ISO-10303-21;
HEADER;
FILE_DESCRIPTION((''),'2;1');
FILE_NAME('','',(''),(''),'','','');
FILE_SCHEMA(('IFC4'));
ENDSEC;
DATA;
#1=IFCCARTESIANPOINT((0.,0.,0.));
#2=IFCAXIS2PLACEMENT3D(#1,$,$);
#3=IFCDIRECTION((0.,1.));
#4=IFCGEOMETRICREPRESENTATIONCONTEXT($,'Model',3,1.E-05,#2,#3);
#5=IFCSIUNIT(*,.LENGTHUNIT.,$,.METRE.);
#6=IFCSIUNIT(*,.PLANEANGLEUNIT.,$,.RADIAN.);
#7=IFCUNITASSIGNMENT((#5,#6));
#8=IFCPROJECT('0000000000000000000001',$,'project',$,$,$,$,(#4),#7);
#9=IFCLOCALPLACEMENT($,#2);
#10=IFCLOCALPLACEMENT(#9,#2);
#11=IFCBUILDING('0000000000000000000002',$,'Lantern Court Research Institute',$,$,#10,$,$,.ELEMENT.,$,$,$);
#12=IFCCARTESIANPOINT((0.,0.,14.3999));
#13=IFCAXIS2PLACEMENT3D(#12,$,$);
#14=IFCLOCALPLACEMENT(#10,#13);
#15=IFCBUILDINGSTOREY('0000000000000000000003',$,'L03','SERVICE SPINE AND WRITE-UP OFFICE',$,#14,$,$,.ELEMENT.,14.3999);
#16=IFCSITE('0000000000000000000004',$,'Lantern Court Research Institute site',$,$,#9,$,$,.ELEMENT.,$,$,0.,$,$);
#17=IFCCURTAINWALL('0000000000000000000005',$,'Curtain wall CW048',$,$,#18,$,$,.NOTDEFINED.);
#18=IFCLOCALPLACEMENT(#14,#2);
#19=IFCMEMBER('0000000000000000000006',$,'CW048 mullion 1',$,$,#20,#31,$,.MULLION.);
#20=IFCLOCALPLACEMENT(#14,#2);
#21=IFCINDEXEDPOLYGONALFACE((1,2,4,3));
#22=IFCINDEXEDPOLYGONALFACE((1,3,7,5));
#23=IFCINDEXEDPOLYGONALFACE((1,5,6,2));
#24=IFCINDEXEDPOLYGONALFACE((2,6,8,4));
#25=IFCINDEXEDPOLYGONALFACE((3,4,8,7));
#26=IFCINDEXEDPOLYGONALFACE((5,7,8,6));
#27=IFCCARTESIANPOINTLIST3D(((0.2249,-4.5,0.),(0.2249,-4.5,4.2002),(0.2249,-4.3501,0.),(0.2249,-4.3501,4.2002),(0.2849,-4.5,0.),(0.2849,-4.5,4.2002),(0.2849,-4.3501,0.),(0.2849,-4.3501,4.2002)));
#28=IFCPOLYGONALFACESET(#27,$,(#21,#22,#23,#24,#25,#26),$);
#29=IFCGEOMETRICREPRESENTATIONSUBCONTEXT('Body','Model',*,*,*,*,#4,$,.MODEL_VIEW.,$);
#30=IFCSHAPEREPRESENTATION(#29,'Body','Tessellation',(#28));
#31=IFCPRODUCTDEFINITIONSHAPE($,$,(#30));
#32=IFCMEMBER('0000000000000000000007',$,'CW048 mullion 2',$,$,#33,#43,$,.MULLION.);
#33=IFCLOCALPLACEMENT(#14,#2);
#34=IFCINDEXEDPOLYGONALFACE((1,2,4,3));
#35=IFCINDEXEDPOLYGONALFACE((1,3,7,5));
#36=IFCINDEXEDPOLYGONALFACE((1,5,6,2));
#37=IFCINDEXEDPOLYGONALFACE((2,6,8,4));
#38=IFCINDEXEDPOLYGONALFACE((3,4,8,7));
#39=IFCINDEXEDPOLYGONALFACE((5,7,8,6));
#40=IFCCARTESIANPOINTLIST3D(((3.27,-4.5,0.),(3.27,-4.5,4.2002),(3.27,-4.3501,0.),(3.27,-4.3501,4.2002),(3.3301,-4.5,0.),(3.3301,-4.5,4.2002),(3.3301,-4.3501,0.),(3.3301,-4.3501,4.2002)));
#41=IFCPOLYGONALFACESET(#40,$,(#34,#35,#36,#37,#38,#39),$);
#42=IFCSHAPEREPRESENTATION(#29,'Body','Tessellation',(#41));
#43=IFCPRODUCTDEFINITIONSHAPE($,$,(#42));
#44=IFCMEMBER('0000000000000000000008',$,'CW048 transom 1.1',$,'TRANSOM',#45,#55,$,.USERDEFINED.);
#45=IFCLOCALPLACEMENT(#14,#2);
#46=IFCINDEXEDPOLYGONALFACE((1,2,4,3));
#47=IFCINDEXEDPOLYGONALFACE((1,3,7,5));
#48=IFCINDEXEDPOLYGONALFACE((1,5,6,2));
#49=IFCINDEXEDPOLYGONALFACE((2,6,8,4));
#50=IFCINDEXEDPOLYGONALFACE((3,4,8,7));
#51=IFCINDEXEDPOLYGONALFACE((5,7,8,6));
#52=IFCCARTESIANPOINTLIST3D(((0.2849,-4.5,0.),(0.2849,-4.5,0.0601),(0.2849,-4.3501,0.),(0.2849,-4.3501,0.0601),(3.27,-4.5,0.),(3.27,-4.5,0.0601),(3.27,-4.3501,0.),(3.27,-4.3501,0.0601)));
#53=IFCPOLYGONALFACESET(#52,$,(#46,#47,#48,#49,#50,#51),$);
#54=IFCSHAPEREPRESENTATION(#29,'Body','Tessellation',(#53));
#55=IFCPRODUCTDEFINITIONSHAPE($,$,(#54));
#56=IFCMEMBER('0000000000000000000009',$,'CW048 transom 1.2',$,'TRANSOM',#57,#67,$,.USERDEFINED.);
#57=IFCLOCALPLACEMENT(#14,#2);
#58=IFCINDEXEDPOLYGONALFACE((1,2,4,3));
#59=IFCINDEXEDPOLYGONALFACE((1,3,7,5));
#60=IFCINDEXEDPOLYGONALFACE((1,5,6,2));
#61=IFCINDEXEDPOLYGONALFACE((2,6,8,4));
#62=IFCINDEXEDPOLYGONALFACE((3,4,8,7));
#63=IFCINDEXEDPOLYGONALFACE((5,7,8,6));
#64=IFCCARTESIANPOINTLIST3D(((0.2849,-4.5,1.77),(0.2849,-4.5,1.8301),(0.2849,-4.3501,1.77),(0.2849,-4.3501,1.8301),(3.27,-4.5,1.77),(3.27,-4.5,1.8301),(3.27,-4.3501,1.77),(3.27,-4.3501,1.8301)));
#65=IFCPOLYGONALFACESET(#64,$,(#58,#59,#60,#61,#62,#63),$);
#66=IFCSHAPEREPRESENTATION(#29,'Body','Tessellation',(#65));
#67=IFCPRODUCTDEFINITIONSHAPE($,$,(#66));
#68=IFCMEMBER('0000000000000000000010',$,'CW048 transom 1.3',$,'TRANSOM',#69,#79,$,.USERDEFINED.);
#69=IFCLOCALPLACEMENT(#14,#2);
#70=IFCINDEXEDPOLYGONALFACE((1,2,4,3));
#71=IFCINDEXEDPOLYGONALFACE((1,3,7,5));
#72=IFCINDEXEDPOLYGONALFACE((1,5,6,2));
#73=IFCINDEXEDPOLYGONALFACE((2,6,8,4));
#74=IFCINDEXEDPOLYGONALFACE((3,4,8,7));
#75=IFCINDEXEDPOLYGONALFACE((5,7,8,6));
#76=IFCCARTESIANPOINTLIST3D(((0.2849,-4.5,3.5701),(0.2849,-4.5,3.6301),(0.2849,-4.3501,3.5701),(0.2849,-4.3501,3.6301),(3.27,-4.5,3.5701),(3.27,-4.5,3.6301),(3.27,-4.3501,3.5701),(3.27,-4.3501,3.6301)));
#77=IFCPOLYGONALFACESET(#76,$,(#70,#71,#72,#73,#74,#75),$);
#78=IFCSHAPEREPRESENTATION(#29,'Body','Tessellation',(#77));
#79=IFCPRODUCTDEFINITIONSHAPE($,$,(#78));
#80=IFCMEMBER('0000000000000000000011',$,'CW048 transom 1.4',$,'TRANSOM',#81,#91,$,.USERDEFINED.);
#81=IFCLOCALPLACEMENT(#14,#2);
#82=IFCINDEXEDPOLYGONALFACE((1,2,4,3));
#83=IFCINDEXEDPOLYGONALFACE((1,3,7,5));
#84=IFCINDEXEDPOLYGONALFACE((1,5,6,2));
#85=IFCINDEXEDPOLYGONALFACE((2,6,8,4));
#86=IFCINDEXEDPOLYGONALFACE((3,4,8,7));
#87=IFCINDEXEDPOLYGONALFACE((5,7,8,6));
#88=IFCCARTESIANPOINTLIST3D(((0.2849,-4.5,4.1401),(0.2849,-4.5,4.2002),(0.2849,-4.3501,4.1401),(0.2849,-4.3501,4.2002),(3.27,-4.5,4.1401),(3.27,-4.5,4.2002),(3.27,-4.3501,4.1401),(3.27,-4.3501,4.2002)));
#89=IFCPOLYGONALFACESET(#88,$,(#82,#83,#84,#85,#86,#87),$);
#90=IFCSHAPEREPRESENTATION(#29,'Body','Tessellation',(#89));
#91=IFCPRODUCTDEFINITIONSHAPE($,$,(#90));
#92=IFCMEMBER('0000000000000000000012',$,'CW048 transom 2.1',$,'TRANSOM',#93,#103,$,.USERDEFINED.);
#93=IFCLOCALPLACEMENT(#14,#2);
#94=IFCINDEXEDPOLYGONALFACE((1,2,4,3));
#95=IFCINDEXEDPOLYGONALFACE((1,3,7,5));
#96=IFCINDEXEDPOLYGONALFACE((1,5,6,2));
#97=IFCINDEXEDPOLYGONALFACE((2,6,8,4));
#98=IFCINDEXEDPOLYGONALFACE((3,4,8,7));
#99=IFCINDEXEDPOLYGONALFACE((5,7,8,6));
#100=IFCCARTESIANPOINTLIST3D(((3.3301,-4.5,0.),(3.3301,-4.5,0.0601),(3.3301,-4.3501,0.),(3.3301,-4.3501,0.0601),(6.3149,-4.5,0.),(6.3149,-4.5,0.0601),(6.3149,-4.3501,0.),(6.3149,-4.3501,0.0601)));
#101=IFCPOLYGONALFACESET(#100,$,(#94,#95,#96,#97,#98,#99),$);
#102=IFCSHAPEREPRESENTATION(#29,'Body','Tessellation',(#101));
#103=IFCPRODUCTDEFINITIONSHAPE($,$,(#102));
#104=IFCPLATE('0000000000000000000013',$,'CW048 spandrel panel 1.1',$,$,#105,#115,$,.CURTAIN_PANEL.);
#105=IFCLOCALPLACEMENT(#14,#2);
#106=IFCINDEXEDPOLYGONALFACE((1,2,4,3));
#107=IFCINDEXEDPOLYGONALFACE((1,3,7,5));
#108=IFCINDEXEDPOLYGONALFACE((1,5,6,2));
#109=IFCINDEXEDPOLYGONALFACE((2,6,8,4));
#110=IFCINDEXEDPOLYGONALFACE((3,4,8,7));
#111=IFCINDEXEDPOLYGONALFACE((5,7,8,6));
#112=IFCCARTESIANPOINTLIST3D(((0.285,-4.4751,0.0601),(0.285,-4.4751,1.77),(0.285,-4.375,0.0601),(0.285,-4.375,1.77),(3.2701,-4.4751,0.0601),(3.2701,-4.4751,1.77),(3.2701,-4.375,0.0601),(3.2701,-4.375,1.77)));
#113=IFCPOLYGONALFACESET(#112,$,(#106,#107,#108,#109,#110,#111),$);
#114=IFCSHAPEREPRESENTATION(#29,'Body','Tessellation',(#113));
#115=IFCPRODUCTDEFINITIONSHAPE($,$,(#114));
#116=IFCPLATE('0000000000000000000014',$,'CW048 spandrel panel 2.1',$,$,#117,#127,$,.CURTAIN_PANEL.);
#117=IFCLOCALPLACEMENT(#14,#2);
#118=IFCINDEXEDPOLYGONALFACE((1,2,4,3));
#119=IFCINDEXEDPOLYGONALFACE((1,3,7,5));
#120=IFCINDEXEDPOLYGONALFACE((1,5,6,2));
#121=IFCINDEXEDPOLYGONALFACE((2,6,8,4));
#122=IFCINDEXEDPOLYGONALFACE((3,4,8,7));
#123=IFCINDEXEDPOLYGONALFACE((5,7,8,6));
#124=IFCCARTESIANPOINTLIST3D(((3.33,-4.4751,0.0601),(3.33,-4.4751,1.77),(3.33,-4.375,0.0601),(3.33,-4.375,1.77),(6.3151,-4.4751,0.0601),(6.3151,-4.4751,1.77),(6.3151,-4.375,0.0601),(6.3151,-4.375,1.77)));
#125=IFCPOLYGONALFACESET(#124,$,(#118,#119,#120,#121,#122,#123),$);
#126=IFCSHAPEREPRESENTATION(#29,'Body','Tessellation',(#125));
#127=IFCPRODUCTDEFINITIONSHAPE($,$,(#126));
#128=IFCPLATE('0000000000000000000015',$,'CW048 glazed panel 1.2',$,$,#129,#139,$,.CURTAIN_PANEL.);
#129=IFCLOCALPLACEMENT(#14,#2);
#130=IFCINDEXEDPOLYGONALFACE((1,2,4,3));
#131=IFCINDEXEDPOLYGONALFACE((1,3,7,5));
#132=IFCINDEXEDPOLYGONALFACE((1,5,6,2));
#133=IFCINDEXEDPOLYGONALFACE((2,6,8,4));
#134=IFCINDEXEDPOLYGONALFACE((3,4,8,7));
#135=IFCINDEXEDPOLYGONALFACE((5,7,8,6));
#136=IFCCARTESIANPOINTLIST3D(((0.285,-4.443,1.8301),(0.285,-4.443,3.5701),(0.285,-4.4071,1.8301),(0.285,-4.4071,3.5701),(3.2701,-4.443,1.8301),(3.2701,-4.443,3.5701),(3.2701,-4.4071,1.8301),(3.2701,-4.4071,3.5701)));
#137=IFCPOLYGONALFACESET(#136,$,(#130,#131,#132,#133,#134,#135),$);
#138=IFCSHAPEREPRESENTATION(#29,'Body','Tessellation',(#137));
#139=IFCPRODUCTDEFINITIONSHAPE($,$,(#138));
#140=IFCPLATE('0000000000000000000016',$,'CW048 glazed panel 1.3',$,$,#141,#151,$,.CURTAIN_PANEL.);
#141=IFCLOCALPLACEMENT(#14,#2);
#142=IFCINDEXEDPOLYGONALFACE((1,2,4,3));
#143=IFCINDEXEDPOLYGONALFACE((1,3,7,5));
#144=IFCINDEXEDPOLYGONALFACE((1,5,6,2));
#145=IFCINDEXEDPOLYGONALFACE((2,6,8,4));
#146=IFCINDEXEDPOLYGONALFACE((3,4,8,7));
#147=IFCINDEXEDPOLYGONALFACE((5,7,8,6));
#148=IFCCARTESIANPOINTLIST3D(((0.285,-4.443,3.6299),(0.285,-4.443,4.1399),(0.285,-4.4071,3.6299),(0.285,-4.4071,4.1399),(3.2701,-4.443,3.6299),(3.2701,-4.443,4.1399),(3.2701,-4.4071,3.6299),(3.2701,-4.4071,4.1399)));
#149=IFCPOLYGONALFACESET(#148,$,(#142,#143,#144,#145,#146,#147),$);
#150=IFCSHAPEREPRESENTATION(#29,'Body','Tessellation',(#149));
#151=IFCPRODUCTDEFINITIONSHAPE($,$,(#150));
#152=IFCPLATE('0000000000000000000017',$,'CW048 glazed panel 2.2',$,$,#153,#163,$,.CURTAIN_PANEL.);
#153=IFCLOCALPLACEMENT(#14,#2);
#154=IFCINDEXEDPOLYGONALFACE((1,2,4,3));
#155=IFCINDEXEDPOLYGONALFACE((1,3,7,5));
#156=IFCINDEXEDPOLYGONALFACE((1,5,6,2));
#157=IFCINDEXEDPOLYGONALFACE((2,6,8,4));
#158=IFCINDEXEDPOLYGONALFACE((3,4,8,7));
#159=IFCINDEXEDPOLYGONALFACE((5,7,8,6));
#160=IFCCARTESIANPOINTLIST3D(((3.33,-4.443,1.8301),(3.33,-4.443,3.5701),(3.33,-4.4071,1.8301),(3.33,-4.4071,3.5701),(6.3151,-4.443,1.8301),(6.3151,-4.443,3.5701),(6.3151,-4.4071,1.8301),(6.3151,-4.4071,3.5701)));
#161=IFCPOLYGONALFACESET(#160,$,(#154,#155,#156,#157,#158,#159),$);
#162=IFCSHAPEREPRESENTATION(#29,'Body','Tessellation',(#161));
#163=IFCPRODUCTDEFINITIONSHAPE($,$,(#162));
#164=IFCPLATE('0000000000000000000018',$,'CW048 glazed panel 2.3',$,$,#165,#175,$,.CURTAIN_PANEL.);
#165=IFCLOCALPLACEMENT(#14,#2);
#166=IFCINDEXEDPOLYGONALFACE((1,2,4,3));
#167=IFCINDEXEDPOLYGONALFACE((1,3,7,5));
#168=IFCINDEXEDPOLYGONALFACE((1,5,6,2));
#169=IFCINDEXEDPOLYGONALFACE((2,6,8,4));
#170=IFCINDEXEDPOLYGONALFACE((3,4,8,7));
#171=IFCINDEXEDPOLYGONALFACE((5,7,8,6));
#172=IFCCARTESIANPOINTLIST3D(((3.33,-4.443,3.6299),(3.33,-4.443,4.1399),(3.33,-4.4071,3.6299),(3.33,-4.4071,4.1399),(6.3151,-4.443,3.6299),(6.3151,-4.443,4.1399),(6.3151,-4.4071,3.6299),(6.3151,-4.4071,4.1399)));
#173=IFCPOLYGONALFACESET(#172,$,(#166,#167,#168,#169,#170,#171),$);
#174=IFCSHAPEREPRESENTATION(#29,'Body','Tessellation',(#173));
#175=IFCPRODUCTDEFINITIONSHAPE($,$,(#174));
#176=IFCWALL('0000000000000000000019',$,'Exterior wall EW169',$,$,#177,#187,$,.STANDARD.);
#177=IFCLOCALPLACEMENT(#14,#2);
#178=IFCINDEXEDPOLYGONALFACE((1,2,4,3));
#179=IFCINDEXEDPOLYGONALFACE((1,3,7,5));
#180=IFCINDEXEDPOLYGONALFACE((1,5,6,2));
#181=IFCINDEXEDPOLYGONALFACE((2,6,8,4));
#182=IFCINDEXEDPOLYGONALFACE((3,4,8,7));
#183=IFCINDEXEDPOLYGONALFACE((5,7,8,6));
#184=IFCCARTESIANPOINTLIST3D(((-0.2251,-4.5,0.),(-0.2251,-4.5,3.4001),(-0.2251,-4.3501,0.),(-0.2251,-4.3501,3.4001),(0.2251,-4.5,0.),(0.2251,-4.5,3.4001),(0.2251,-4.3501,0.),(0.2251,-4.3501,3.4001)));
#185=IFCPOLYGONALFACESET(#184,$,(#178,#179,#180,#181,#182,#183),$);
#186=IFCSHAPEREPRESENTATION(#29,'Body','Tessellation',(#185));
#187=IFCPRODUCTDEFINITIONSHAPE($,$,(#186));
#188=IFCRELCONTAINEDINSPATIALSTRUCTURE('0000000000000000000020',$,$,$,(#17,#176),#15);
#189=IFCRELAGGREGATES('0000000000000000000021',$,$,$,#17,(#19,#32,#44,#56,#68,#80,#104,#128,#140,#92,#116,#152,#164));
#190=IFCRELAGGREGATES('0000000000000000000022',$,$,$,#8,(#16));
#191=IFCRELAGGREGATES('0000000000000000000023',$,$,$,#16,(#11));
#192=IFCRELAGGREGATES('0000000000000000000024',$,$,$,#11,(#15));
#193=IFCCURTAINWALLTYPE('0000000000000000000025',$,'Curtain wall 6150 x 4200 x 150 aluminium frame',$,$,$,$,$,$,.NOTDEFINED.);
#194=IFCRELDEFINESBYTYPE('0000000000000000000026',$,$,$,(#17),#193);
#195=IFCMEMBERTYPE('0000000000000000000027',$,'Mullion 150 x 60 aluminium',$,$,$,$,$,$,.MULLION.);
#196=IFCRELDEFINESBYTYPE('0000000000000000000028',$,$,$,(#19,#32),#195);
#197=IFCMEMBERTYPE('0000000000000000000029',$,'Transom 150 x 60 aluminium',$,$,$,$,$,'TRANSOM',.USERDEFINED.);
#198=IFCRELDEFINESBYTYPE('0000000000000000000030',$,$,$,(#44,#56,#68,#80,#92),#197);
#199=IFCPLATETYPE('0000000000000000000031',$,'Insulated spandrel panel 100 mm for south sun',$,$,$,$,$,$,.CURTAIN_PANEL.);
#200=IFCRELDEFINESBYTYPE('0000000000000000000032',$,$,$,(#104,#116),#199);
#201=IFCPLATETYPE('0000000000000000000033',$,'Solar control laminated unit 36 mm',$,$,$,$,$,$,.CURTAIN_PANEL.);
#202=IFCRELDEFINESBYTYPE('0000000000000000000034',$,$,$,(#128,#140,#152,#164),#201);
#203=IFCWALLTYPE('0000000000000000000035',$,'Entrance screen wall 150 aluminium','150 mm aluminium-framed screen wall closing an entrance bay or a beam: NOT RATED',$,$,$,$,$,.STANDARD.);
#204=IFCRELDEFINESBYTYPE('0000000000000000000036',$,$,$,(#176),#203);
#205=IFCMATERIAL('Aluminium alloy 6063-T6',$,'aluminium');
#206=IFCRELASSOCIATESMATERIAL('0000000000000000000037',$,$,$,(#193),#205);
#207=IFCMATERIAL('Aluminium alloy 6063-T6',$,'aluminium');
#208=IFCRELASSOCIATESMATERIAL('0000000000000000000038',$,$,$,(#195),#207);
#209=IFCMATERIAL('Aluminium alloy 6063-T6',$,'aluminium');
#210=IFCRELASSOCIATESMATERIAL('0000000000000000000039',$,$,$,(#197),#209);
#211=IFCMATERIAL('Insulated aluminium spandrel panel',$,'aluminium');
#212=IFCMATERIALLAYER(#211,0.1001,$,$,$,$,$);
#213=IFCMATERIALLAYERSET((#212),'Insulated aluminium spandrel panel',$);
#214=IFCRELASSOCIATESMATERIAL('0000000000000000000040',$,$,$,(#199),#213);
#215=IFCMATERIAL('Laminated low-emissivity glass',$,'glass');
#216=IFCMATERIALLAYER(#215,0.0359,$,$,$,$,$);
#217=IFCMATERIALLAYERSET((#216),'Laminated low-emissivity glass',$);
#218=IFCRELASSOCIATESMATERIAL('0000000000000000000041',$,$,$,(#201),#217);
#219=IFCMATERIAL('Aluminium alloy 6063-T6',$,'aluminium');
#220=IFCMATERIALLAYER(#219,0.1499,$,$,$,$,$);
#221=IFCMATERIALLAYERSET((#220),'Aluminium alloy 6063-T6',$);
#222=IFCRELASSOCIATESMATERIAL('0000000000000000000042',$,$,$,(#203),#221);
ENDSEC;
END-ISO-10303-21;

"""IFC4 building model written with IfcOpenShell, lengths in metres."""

from ifc_helpers import new_model, si_unit, direction, frame, frame_2d, origin, origin_2d, place, context, subcontext, project, spatial, rectangle, extrude, material, layer, layer_set, material_profile, profile_set, type_object, element, aggregate, save


model = new_model("IFC4")

# Units and contexts
model_context = context("Model", 3, precision=1e-05, world=origin(), true_north=direction((0.0, 1.0)))
body_context = subcontext(model_context, "Body", "Model", "MODEL_VIEW")
ifc_project = project(units=[si_unit("LENGTHUNIT", "METRE"), si_unit("PLANEANGLEUNIT", "RADIAN")], contexts=[model_context])

# Site, building, storey
site_placement = place(None, origin())
site = spatial("IfcSite", under=ifc_project, at=site_placement, Name="Lantern Court Research Institute site", CompositionType="ELEMENT", RefElevation=0.0)
building_placement = place(site_placement, origin())
building = spatial("IfcBuilding", under=site, at=building_placement, Name="Lantern Court Research Institute", CompositionType="ELEMENT")
storey_placement = place(building_placement, frame((0.0, 0.0, 14.3999)))
storey = spatial("IfcBuildingStorey", under=building, at=storey_placement, Name="L03", Description="SERVICE SPINE AND WRITE-UP OFFICE", CompositionType="ELEMENT", Elevation=14.3999)

# Curtain wall, members, plates
ifc_material_1 = material(Name="Aluminium alloy 6063-T6", Category="aluminium")
curtain_wall_type = type_object("IfcCurtainWallType", Name="Curtain wall 6150 x 4200 x 150 aluminium frame", PredefinedType="NOTDEFINED", material=ifc_material_1)
curtain_wall_placement = place(storey_placement, origin())
curtain_wall = element("IfcCurtainWall", 1, at=curtain_wall_placement, inside=storey, type_object=curtain_wall_type, Name="Curtain wall CW048", PredefinedType="NOTDEFINED")
ifc_material_2 = material(Name="Aluminium alloy 6063-T6", Category="aluminium")
ifc_material_profile_1 = material_profile(ifc_material_2, rectangle(XDim=0.1499, YDim=0.0601, at=origin_2d()), Name="Mullion 150 x 60")
ifc_profile_set_1 = profile_set([ifc_material_profile_1], Name="Aluminium alloy 6063-T6")
member_type_1 = type_object("IfcMemberType", Name="Mullion 150 x 60 aluminium", PredefinedType="MULLION", material=ifc_profile_set_1)
member_1_placement = place(storey_placement, frame((0.2549, -4.425, 0.0), z_axis=(0.0, 0.0, 1.0), x_axis=(0.0, -1.0, 0.0)))
member_1 = element("IfcMember", 2, at=member_1_placement, type_object=member_type_1, Name="CW048 mullion 1", PredefinedType="MULLION", context=body_context, shape_type="SweptSolid", body=[
    extrude(rectangle(XDim=0.1499, YDim=0.0601, at=origin_2d()), origin(), (0.0, 0.0, 1.0), 4.2002),
])
member_2_placement = place(storey_placement, frame((3.3, -4.425, 0.0), z_axis=(0.0, 0.0, 1.0), x_axis=(0.0, -1.0, 0.0)))
member_2 = element("IfcMember", 3, at=member_2_placement, type_object=member_type_1, Name="CW048 mullion 2", PredefinedType="MULLION", context=body_context, shape_type="SweptSolid", body=[
    extrude(rectangle(XDim=0.1499, YDim=0.0601, at=origin_2d()), origin(), (0.0, 0.0, 1.0), 4.2002),
])
ifc_material_3 = material(Name="Aluminium alloy 6063-T6", Category="aluminium")
ifc_material_profile_2 = material_profile(ifc_material_3, rectangle(XDim=0.1499, YDim=0.0601, at=origin_2d()), Name="Transom 150 x 60")
ifc_profile_set_2 = profile_set([ifc_material_profile_2], Name="Aluminium alloy 6063-T6")
member_type_2 = type_object("IfcMemberType", Name="Transom 150 x 60 aluminium", ElementType="TRANSOM", PredefinedType="USERDEFINED", material=ifc_profile_set_2)
member_3_placement = place(storey_placement, frame((3.27, -4.425, 0.03), z_axis=(-1.0, 0.0, 0.0), x_axis=(0.0, -1.0, 0.0)))
member_3 = element("IfcMember", 4, at=member_3_placement, type_object=member_type_2, Name="CW048 transom 1.1", ObjectType="TRANSOM", PredefinedType="USERDEFINED", context=body_context, shape_type="SweptSolid", body=[
    extrude(rectangle(XDim=0.1499, YDim=0.0601, at=origin_2d()), origin(), (0.0, 0.0, 1.0), 2.9851),
])
member_4_placement = place(storey_placement, frame((3.27, -4.425, 1.8), z_axis=(-1.0, 0.0, 0.0), x_axis=(0.0, -1.0, 0.0)))
member_4 = element("IfcMember", 5, at=member_4_placement, type_object=member_type_2, Name="CW048 transom 1.2", ObjectType="TRANSOM", PredefinedType="USERDEFINED", context=body_context, shape_type="SweptSolid", body=[
    extrude(rectangle(XDim=0.1499, YDim=0.0601, at=origin_2d()), origin(), (0.0, 0.0, 1.0), 2.9851),
])
member_5_placement = place(storey_placement, frame((3.27, -4.425, 3.6001), z_axis=(-1.0, 0.0, 0.0), x_axis=(0.0, -1.0, 0.0)))
member_5 = element("IfcMember", 6, at=member_5_placement, type_object=member_type_2, Name="CW048 transom 1.3", ObjectType="TRANSOM", PredefinedType="USERDEFINED", context=body_context, shape_type="SweptSolid", body=[
    extrude(rectangle(XDim=0.1499, YDim=0.0601, at=origin_2d()), origin(), (0.0, 0.0, 1.0), 2.9851),
])
member_6_placement = place(storey_placement, frame((3.27, -4.425, 4.1702), z_axis=(-1.0, 0.0, 0.0), x_axis=(0.0, -1.0, 0.0)))
member_6 = element("IfcMember", 7, at=member_6_placement, type_object=member_type_2, Name="CW048 transom 1.4", ObjectType="TRANSOM", PredefinedType="USERDEFINED", context=body_context, shape_type="SweptSolid", body=[
    extrude(rectangle(XDim=0.1499, YDim=0.0601, at=origin_2d()), origin(), (0.0, 0.0, 1.0), 2.9851),
])
member_7_placement = place(storey_placement, frame((6.3149, -4.425, 0.03), z_axis=(-1.0, 0.0, 0.0), x_axis=(0.0, -1.0, 0.0)))
member_7 = element("IfcMember", 8, at=member_7_placement, type_object=member_type_2, Name="CW048 transom 2.1", ObjectType="TRANSOM", PredefinedType="USERDEFINED", context=body_context, shape_type="SweptSolid", body=[
    extrude(rectangle(XDim=0.1499, YDim=0.0601, at=origin_2d()), origin(), (0.0, 0.0, 1.0), 2.9849),
])
ifc_material_4 = material(Name="Insulated aluminium spandrel panel", Category="aluminium")
ifc_layer_1 = layer(ifc_material_4, 0.1001)
ifc_layer_set_1 = layer_set([ifc_layer_1], Name="Insulated aluminium spandrel panel")
plate_type_1 = type_object("IfcPlateType", Name="Insulated spandrel panel 100 mm for south sun", PredefinedType="CURTAIN_PANEL", material=ifc_layer_set_1)
plate_1_placement = place(storey_placement, frame((1.7776, -4.425, 0.0601), z_axis=(0.0, 0.0, 1.0), x_axis=(-1.0, 0.0, 0.0)))
plate_1 = element("IfcPlate", 9, at=plate_1_placement, type_object=plate_type_1, Name="CW048 spandrel panel 1.1", PredefinedType="CURTAIN_PANEL", context=body_context, shape_type="SweptSolid", body=[
    extrude(rectangle(XDim=2.9851, YDim=0.1001, at=origin_2d()), origin(), (0.0, 0.0, 1.0), 1.71),
])
plate_2_placement = place(storey_placement, frame((4.8225, -4.425, 0.0601), z_axis=(0.0, 0.0, 1.0), x_axis=(-1.0, 0.0, 0.0)))
plate_2 = element("IfcPlate", 10, at=plate_2_placement, type_object=plate_type_1, Name="CW048 spandrel panel 2.1", PredefinedType="CURTAIN_PANEL", context=body_context, shape_type="SweptSolid", body=[
    extrude(rectangle(XDim=2.9851, YDim=0.1001, at=origin_2d()), origin(), (0.0, 0.0, 1.0), 1.71),
])
ifc_material_5 = material(Name="Laminated low-emissivity glass", Category="glass")
ifc_layer_2 = layer(ifc_material_5, 0.0359)
ifc_layer_set_2 = layer_set([ifc_layer_2], Name="Laminated low-emissivity glass")
plate_type_2 = type_object("IfcPlateType", Name="Solar control laminated unit 36 mm", PredefinedType="CURTAIN_PANEL", material=ifc_layer_set_2)
plate_3_placement = place(storey_placement, frame((1.7776, -4.425, 1.8301), z_axis=(0.0, 0.0, 1.0), x_axis=(-1.0, 0.0, 0.0)))
plate_3 = element("IfcPlate", 11, at=plate_3_placement, type_object=plate_type_2, Name="CW048 glazed panel 1.2", PredefinedType="CURTAIN_PANEL", context=body_context, shape_type="SweptSolid", body=[
    extrude(rectangle(XDim=2.9851, YDim=0.0359, at=origin_2d()), origin(), (0.0, 0.0, 1.0), 1.74),
])
plate_4_placement = place(storey_placement, frame((1.7776, -4.425, 3.6299), z_axis=(0.0, 0.0, 1.0), x_axis=(-1.0, 0.0, 0.0)))
plate_4 = element("IfcPlate", 12, at=plate_4_placement, type_object=plate_type_2, Name="CW048 glazed panel 1.3", PredefinedType="CURTAIN_PANEL", context=body_context, shape_type="SweptSolid", body=[
    extrude(rectangle(XDim=2.9851, YDim=0.0359, at=origin_2d()), origin(), (0.0, 0.0, 1.0), 0.51),
])
plate_5_placement = place(storey_placement, frame((4.8225, -4.425, 1.8301), z_axis=(0.0, 0.0, 1.0), x_axis=(-1.0, 0.0, 0.0)))
plate_5 = element("IfcPlate", 13, at=plate_5_placement, type_object=plate_type_2, Name="CW048 glazed panel 2.2", PredefinedType="CURTAIN_PANEL", context=body_context, shape_type="SweptSolid", body=[
    extrude(rectangle(XDim=2.9851, YDim=0.0359, at=origin_2d()), origin(), (0.0, 0.0, 1.0), 1.74),
])
plate_6_placement = place(storey_placement, frame((4.8225, -4.425, 3.6299), z_axis=(0.0, 0.0, 1.0), x_axis=(-1.0, 0.0, 0.0)))
plate_6 = element("IfcPlate", 14, at=plate_6_placement, type_object=plate_type_2, Name="CW048 glazed panel 2.3", PredefinedType="CURTAIN_PANEL", context=body_context, shape_type="SweptSolid", body=[
    extrude(rectangle(XDim=2.9851, YDim=0.0359, at=origin_2d()), origin(), (0.0, 0.0, 1.0), 0.51),
])
aggregate(curtain_wall, [member_1, member_2, member_3, member_4, member_5, member_6, plate_1, plate_3, plate_4, member_7, plate_2, plate_5, plate_6])

# Wall
ifc_material_6 = material(Name="Aluminium alloy 6063-T6", Category="aluminium")
ifc_layer_3 = layer(ifc_material_6, 0.1499)
ifc_layer_set_3 = layer_set([ifc_layer_3], Name="Aluminium alloy 6063-T6")
wall_type = type_object("IfcWallType", Name="Entrance screen wall 150 aluminium", Description="150 mm aluminium-framed screen wall closing an entrance bay or a beam: NOT RATED", PredefinedType="STANDARD", material=ifc_layer_set_3)
wall_placement = place(storey_placement, frame((0.2251, -4.425, 0.0), z_axis=(0.0, 0.0, 1.0), x_axis=(-1.0, 0.0, 0.0)))
element("IfcWall", 15, at=wall_placement, inside=storey, type_object=wall_type, Name="Exterior wall EW169", PredefinedType="STANDARD", context=body_context, shape_type="SweptSolid", body=[
    extrude(rectangle(XDim=0.4502, YDim=0.1499, at=frame_2d((0.2251, 0.0))), origin(), (0.0, 0.0, 1.0), 3.4001),
])

save(model, "model.ifc")
